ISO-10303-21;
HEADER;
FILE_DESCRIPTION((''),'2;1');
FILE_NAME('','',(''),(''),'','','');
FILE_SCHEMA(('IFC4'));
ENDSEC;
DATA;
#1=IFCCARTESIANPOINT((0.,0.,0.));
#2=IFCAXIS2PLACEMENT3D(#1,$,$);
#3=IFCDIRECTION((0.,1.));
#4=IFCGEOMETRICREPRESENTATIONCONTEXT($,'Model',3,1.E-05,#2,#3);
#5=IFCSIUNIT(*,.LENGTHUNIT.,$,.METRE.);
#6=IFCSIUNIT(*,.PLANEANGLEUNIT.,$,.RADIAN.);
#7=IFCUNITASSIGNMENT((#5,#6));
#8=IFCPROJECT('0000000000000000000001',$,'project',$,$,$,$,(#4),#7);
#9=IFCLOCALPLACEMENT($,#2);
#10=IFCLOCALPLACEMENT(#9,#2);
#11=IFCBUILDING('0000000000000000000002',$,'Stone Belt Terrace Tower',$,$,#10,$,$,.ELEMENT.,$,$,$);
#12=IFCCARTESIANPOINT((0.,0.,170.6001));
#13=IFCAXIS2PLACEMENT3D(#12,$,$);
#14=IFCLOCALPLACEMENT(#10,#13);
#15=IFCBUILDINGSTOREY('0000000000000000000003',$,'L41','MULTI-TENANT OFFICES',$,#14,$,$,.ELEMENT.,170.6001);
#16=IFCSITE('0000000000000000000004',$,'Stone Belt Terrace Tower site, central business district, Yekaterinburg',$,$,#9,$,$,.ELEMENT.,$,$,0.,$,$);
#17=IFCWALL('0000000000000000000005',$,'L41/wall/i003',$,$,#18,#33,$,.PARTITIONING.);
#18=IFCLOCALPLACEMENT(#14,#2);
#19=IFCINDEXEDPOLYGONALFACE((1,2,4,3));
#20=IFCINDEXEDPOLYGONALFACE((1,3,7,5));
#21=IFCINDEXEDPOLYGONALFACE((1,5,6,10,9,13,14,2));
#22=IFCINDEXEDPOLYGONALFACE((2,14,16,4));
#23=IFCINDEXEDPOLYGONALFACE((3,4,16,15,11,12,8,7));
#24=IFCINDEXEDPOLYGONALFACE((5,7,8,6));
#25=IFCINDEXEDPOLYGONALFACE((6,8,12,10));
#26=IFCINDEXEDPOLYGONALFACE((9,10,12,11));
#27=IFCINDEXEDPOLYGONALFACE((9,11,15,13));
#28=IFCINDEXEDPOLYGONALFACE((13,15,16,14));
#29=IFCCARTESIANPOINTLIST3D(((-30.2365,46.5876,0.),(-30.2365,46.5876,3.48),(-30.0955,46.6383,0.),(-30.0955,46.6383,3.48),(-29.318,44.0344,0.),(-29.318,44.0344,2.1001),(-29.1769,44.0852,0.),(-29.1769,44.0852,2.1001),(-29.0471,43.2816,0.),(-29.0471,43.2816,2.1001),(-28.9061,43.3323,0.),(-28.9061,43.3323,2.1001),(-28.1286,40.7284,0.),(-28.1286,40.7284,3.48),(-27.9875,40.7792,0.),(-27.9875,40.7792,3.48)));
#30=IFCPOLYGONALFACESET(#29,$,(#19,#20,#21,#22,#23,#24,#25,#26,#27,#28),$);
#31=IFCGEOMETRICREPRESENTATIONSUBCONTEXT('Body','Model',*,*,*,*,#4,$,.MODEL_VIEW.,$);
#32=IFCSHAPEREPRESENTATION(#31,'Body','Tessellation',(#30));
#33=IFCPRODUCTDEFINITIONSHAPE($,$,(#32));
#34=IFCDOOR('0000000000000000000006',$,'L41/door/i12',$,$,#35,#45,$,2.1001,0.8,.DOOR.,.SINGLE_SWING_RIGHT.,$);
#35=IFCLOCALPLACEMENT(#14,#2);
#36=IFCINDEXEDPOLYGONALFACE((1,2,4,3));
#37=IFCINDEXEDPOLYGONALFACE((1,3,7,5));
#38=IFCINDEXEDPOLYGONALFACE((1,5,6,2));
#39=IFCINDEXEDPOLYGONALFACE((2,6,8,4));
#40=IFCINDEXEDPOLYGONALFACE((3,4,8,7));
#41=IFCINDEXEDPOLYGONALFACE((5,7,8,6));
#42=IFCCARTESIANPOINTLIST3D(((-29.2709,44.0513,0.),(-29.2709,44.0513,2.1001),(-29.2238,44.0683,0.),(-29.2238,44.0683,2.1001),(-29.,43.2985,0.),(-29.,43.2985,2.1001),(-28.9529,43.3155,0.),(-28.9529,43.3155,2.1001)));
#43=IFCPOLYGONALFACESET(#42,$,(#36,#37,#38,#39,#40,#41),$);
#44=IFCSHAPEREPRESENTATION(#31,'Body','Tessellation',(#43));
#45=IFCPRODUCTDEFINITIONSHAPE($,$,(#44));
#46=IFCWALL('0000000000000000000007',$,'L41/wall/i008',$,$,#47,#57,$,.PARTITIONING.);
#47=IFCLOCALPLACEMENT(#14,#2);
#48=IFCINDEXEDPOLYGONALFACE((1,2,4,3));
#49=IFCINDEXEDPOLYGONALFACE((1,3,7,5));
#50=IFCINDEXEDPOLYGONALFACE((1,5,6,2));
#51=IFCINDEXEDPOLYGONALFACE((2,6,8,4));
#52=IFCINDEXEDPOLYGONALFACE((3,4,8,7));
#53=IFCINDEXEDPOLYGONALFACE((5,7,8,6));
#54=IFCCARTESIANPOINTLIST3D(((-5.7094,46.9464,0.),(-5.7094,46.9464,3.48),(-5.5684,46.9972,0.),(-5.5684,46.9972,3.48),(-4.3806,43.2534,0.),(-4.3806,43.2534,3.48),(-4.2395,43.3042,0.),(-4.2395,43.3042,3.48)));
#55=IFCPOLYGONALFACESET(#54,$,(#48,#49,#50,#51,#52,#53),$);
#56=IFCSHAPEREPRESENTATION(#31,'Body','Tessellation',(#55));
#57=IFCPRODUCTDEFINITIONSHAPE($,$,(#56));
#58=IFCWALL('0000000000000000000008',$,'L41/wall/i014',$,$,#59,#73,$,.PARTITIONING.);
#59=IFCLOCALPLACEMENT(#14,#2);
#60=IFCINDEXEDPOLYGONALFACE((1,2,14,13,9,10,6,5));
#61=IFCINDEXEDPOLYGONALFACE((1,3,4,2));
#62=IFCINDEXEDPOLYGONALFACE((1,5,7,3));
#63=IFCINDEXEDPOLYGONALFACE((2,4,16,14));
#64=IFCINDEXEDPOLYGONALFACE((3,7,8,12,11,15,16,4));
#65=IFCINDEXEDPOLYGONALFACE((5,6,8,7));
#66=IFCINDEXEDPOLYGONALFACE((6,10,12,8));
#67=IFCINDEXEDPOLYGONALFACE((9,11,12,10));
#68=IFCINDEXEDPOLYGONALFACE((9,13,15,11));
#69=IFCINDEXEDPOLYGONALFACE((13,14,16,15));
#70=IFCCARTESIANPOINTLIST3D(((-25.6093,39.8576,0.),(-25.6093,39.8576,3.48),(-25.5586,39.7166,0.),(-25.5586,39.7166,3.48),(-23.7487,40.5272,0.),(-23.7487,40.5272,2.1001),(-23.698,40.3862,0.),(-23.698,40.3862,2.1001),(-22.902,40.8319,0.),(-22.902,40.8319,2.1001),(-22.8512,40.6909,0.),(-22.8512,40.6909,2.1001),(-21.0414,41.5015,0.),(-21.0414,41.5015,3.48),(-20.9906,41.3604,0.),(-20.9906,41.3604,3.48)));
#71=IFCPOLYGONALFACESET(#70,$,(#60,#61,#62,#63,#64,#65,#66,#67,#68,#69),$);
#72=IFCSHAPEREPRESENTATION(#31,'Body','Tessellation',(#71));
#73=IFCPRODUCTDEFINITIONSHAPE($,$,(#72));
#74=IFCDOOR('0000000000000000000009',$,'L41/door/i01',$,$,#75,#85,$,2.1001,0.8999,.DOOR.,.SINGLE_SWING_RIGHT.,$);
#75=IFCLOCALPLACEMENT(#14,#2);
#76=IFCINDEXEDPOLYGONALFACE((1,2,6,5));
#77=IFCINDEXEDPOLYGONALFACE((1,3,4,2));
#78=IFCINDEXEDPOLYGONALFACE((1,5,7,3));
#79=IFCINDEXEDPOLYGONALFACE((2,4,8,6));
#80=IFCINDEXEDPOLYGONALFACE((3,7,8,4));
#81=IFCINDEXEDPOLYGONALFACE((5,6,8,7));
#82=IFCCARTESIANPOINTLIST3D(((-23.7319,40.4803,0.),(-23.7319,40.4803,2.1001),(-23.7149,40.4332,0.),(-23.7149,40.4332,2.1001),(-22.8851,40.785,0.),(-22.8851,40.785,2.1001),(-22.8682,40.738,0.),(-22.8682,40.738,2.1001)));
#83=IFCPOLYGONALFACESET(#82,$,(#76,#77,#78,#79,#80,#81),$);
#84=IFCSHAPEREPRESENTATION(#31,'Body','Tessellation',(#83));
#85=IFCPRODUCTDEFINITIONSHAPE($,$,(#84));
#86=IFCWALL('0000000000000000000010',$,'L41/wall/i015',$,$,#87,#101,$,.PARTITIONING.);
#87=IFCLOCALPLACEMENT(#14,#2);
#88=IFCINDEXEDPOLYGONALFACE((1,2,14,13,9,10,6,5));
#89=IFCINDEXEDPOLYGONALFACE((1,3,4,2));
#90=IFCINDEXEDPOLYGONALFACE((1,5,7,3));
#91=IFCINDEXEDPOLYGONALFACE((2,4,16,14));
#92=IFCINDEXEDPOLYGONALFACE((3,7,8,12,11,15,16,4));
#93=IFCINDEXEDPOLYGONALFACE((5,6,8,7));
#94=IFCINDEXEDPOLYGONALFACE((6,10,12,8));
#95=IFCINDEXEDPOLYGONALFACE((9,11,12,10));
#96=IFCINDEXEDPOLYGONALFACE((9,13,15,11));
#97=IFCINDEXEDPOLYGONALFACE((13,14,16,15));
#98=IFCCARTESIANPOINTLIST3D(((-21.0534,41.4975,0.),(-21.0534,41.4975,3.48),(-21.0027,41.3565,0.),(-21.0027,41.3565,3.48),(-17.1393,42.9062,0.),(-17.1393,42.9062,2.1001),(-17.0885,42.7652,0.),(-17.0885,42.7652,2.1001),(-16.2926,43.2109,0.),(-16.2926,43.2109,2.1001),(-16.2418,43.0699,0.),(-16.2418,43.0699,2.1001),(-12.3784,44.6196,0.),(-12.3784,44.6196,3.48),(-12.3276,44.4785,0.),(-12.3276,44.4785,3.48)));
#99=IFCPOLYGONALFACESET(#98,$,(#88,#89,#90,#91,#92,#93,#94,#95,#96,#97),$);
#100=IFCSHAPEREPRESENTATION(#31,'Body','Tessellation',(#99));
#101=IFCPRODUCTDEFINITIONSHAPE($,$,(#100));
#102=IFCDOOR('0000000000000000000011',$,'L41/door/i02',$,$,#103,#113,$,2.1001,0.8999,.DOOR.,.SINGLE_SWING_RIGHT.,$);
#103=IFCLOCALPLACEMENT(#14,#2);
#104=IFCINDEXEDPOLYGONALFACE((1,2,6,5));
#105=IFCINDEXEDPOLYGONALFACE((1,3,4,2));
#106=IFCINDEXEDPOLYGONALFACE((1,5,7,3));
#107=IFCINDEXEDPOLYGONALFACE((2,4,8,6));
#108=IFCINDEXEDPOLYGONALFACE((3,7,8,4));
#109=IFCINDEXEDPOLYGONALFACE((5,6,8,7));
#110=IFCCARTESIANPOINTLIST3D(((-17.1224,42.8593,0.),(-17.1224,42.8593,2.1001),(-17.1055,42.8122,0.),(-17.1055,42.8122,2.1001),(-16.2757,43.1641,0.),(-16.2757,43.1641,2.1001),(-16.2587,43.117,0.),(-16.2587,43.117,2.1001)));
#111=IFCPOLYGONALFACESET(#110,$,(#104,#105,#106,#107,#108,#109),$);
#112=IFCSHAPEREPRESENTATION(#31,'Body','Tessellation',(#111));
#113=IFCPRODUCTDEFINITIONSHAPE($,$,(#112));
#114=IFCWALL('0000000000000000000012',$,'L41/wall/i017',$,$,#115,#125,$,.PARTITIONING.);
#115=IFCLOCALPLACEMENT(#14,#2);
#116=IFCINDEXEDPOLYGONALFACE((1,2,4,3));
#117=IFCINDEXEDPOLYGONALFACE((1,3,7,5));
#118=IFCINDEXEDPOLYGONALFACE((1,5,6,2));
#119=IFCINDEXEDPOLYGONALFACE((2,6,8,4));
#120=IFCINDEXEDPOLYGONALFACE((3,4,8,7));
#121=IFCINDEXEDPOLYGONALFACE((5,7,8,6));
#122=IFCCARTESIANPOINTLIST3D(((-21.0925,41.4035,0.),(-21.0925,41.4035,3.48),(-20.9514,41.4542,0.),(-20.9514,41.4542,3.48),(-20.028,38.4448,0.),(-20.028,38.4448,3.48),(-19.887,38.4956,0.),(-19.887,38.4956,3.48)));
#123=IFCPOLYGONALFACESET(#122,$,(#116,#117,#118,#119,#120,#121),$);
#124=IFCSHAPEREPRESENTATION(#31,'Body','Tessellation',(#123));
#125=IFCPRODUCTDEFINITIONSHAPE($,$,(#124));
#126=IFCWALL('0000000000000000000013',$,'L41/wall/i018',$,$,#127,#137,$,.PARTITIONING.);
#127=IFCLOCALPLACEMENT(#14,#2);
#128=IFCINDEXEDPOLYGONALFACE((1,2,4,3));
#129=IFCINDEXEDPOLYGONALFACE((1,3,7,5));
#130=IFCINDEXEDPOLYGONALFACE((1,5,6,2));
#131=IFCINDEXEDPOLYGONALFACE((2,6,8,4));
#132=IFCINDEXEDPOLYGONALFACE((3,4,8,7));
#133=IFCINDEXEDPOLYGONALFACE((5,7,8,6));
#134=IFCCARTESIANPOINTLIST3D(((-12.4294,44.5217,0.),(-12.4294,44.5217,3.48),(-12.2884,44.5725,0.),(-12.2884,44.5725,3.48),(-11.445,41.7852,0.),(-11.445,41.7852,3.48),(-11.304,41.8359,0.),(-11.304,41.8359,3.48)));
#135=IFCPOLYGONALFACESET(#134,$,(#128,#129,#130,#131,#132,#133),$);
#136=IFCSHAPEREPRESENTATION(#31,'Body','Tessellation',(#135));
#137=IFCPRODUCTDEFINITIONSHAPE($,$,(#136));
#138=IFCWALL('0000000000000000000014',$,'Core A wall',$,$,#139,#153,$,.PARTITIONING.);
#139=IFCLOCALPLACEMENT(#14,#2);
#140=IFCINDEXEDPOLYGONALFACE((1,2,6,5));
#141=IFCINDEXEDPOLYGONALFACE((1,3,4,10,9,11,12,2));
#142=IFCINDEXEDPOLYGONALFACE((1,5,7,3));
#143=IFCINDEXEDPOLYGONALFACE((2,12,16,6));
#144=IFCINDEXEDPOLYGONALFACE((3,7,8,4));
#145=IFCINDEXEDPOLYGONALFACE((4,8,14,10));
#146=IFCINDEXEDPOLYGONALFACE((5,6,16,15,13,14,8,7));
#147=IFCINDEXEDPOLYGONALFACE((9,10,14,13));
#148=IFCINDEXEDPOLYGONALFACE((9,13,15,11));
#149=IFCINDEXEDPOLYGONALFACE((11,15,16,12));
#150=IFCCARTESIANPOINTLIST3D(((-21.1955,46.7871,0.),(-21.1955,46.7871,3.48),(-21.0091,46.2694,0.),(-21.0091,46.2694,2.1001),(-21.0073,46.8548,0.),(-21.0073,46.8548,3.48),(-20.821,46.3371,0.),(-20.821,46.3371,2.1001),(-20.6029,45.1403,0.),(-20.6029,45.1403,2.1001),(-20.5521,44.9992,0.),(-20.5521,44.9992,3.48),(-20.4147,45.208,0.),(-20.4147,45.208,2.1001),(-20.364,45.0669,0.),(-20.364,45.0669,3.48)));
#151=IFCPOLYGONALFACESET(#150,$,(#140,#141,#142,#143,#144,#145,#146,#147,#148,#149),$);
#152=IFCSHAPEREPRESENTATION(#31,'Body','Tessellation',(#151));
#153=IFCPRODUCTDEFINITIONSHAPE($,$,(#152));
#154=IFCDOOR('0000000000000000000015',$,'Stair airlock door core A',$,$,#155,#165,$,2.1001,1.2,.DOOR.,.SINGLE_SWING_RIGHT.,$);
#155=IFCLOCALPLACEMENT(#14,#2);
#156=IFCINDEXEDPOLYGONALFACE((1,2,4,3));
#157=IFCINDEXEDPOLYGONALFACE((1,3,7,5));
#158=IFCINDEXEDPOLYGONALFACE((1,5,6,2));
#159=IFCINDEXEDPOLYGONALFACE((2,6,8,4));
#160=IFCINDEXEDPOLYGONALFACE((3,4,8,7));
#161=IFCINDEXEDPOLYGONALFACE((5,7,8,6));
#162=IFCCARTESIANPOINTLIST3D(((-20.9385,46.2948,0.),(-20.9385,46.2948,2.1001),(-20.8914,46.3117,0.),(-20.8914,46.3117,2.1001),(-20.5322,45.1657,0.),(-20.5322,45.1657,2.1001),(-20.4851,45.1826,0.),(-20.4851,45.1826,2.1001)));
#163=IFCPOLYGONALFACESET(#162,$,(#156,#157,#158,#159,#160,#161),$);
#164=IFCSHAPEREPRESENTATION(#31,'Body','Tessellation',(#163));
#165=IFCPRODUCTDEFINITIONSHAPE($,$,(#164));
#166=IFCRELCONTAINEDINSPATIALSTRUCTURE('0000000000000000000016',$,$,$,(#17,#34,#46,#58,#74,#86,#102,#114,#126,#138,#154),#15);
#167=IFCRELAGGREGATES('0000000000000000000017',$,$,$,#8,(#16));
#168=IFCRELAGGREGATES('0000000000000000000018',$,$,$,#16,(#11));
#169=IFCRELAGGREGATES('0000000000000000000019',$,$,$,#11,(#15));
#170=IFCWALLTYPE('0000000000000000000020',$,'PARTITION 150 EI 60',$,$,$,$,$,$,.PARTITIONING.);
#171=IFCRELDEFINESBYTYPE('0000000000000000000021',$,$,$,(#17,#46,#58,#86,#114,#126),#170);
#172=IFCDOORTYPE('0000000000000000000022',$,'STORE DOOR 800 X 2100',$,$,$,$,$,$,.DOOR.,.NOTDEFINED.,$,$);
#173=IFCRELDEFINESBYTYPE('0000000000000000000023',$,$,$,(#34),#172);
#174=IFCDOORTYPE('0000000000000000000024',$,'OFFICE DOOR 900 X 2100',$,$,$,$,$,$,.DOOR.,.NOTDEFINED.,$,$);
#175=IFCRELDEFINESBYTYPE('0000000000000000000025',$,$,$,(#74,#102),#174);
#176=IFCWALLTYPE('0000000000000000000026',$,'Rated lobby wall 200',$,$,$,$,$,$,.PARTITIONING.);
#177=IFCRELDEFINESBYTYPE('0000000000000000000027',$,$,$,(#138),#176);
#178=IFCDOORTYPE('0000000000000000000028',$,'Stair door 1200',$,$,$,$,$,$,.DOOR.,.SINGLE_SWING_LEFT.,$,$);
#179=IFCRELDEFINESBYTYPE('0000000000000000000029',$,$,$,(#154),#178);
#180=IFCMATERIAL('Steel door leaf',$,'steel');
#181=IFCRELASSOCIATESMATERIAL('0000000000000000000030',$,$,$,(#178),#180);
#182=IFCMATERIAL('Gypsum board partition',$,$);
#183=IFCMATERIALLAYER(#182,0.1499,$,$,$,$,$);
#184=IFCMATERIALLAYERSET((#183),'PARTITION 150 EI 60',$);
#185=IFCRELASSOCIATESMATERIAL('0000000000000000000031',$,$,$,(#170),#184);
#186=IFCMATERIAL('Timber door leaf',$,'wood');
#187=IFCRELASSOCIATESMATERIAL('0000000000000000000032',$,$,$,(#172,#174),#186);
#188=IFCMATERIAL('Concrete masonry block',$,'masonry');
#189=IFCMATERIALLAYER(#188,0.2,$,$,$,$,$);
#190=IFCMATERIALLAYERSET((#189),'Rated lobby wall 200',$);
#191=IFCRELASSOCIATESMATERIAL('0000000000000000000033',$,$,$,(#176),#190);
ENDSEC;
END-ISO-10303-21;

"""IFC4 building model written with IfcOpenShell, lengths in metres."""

from ifc_helpers import new_model, si_unit, direction, frame, frame_2d, origin, place, context, subcontext, project, spatial, rectangle, extrude, material, layer, layer_set, type_object, element, fill, save


model = new_model("IFC4")

# Units and contexts
model_context = context("Model", 3, precision=1e-05, world=origin(), true_north=direction((0.0, 1.0)))
body_context = subcontext(model_context, "Body", "Model", "MODEL_VIEW")
ifc_project = project(units=[si_unit("LENGTHUNIT", "METRE"), si_unit("PLANEANGLEUNIT", "RADIAN")], contexts=[model_context])

# Site, building, storey
site_placement = place(None, origin())
site = spatial("IfcSite", under=ifc_project, at=site_placement, Name="Stone Belt Terrace Tower site, central business district, Yekaterinburg", CompositionType="ELEMENT", RefElevation=0.0)
building_placement = place(site_placement, origin())
building = spatial("IfcBuilding", under=site, at=building_placement, Name="Stone Belt Terrace Tower", CompositionType="ELEMENT")
storey_placement = place(building_placement, frame((0.0, 0.0, 170.6001)))
storey = spatial("IfcBuildingStorey", under=building, at=storey_placement, Name="L41", Description="MULTI-TENANT OFFICES", CompositionType="ELEMENT", Elevation=170.6001)

# Shared definitions
ifc_material_1 = material(Name="Timber door leaf", Category="wood")
ifc_material_2 = material(Name="Steel door leaf", Category="steel")
door_type_1 = type_object("IfcDoorType", Name="Stair door 1200", OperationType="SINGLE_SWING_LEFT", PredefinedType="DOOR", material=ifc_material_2)

# Wall, opening, door
ifc_material_3 = material(Name="Gypsum board partition")
ifc_layer_1 = layer(ifc_material_3, 0.1499)
ifc_layer_set_1 = layer_set([ifc_layer_1], Name="PARTITION 150 EI 60")
wall_type_1 = type_object("IfcWallType", Name="PARTITION 150 EI 60", PredefinedType="PARTITIONING", material=ifc_layer_set_1)
wall_1_placement = place(storey_placement, frame((-28.0581, 40.7539, 0.0), z_axis=(0.0, 0.0, 1.0), x_axis=(-0.338524, 0.940958, 0.0)))
wall_1 = element("IfcWall", 1, at=wall_1_placement, inside=storey, type_object=wall_type_1, Name="L41/wall/i003", PredefinedType="PARTITIONING", context=body_context, shape_type="SweptSolid", body=[
    extrude(rectangle(XDim=6.2268, YDim=0.1499, at=frame_2d((3.1133, 0.0))), origin(), (0.0, 0.0, 1.0), 3.48),
])
opening_1_placement = place(wall_1_placement, frame((2.7134, 0.0, 0.0)))
opening_1 = element("IfcOpeningElement", 2, at=opening_1_placement, cuts=wall_1, PredefinedType="OPENING", context=body_context, shape_type="SweptSolid", body=[
    extrude(rectangle(XDim=0.8, YDim=2.1001, at=frame_2d((0.3999, 1.05))), frame((0.0, 0.085, 0.0), z_axis=(0.0, -1.0, 0.0), x_axis=(1.0, 0.0, 0.0)), (0.0, 0.0, 1.0), 0.1699),
])
door_type_2 = type_object("IfcDoorType", Name="STORE DOOR 800 X 2100", OperationType="NOTDEFINED", PredefinedType="DOOR", material=ifc_material_1)
door_1_placement = place(opening_1_placement, origin())
door_1 = element("IfcDoor", 3, at=door_1_placement, inside=storey, type_object=door_type_2, Name="L41/door/i12", OperationType="SINGLE_SWING_RIGHT", OverallHeight=2.1001, OverallWidth=0.8, PredefinedType="DOOR", context=body_context, shape_type="SweptSolid", body=[
    extrude(rectangle(XDim=0.8, YDim=2.1001, at=frame_2d((0.3999, 1.05))), frame((0.0, 0.0249, 0.0), z_axis=(0.0, -1.0, 0.0), x_axis=(1.0, 0.0, 0.0)), (0.0, 0.0, 1.0), 0.05),
])
fill(opening_1, door_1)

# Wall
wall_2_placement = place(storey_placement, frame((-4.3101, 43.2788, 0.0), z_axis=(0.0, 0.0, 1.0), x_axis=(-0.33857, 0.940941, 0.0)))
element("IfcWall", 4, at=wall_2_placement, inside=storey, type_object=wall_type_1, Name="L41/wall/i008", PredefinedType="PARTITIONING", context=body_context, shape_type="SweptSolid", body=[
    extrude(rectangle(XDim=3.9248, YDim=0.1499, at=frame_2d((1.9624, 0.0))), origin(), (0.0, 0.0, 1.0), 3.48),
])

# Walls, openings, doors
wall_3_placement = place(storey_placement, frame((-21.0161, 41.4309, 0.0), z_axis=(0.0, 0.0, 1.0), x_axis=(-0.940929, -0.338604, 0.0)))
wall_3 = element("IfcWall", 5, at=wall_3_placement, inside=storey, type_object=wall_type_1, Name="L41/wall/i014", PredefinedType="PARTITIONING", context=body_context, shape_type="SweptSolid", body=[
    extrude(rectangle(XDim=4.8547, YDim=0.1499, at=frame_2d((2.4272, 0.0))), origin(), (0.0, 0.0, 1.0), 3.48),
])
opening_2_placement = place(wall_3_placement, frame((1.9773, 0.0, 0.0)))
opening_2 = element("IfcOpeningElement", 6, at=opening_2_placement, cuts=wall_3, PredefinedType="OPENING", context=body_context, shape_type="SweptSolid", body=[
    extrude(rectangle(XDim=0.8999, YDim=2.1001, at=frame_2d((0.45, 1.05))), frame((0.0, 0.085, 0.0), z_axis=(0.0, -1.0, 0.0), x_axis=(1.0, 0.0, 0.0)), (0.0, 0.0, 1.0), 0.1699),
])
door_type_3 = type_object("IfcDoorType", Name="OFFICE DOOR 900 X 2100", OperationType="NOTDEFINED", PredefinedType="DOOR", material=ifc_material_1)
door_2_placement = place(opening_2_placement, origin())
door_2 = element("IfcDoor", 7, at=door_2_placement, inside=storey, type_object=door_type_3, Name="L41/door/i01", OperationType="SINGLE_SWING_RIGHT", OverallHeight=2.1001, OverallWidth=0.8999, PredefinedType="DOOR", context=body_context, shape_type="SweptSolid", body=[
    extrude(rectangle(XDim=0.8999, YDim=2.1001, at=frame_2d((0.45, 1.05))), frame((0.0, 0.0249, 0.0), z_axis=(0.0, -1.0, 0.0), x_axis=(1.0, 0.0, 0.0)), (0.0, 0.0, 1.0), 0.05),
])
fill(opening_2, door_2)
wall_4_placement = place(storey_placement, frame((-12.353, 44.5491, 0.0), z_axis=(0.0, 0.0, 1.0), x_axis=(-0.94092, -0.338629, 0.0)))
wall_4 = element("IfcWall", 8, at=wall_4_placement, inside=storey, type_object=wall_type_1, Name="L41/wall/i015", PredefinedType="PARTITIONING", context=body_context, shape_type="SweptSolid", body=[
    extrude(rectangle(XDim=9.2197, YDim=0.1499, at=frame_2d((4.6099, 0.0))), origin(), (0.0, 0.0, 1.0), 3.48),
])
opening_3_placement = place(wall_4_placement, frame((4.1599, 0.0, 0.0)))
opening_3 = element("IfcOpeningElement", 9, at=opening_3_placement, cuts=wall_4, PredefinedType="OPENING", context=body_context, shape_type="SweptSolid", body=[
    extrude(rectangle(XDim=0.8999, YDim=2.1001, at=frame_2d((0.45, 1.05))), frame((0.0, 0.085, 0.0), z_axis=(0.0, -1.0, 0.0), x_axis=(1.0, 0.0, 0.0)), (0.0, 0.0, 1.0), 0.1699),
])
door_3_placement = place(opening_3_placement, origin())
door_3 = element("IfcDoor", 10, at=door_3_placement, inside=storey, type_object=door_type_3, Name="L41/door/i02", OperationType="SINGLE_SWING_RIGHT", OverallHeight=2.1001, OverallWidth=0.8999, PredefinedType="DOOR", context=body_context, shape_type="SweptSolid", body=[
    extrude(rectangle(XDim=0.8999, YDim=2.1001, at=frame_2d((0.45, 1.05))), frame((0.0, 0.0249, 0.0), z_axis=(0.0, -1.0, 0.0), x_axis=(1.0, 0.0, 0.0)), (0.0, 0.0, 1.0), 0.05),
])
fill(opening_3, door_3)

# Walls
wall_5_placement = place(storey_placement, frame((-21.022, 41.429, 0.0), z_axis=(0.0, 0.0, 1.0), x_axis=(0.338524, -0.940958, 0.0)))
element("IfcWall", 11, at=wall_5_placement, inside=storey, type_object=wall_type_1, Name="L41/wall/i017", PredefinedType="PARTITIONING", context=body_context, shape_type="SweptSolid", body=[
    extrude(rectangle(XDim=3.1443, YDim=0.1499, at=frame_2d((1.5723, 0.0))), origin(), (0.0, 0.0, 1.0), 3.48),
])
wall_6_placement = place(storey_placement, frame((-12.3589, 44.5471, 0.0), z_axis=(0.0, 0.0, 1.0), x_axis=(0.338479, -0.940974, 0.0)))
element("IfcWall", 12, at=wall_6_placement, inside=storey, type_object=wall_type_1, Name="L41/wall/i018", PredefinedType="PARTITIONING", context=body_context, shape_type="SweptSolid", body=[
    extrude(rectangle(XDim=2.9082, YDim=0.1499, at=frame_2d((1.4541, 0.0))), origin(), (0.0, 0.0, 1.0), 3.48),
])

# Wall, opening, door
ifc_material_4 = material(Name="Concrete masonry block", Category="masonry")
ifc_layer_2 = layer(ifc_material_4, 0.2)
ifc_layer_set_2 = layer_set([ifc_layer_2], Name="Rated lobby wall 200")
wall_type_2 = type_object("IfcWallType", Name="Rated lobby wall 200", PredefinedType="PARTITIONING", material=ifc_layer_set_2)
wall_7_placement = place(storey_placement, frame((-20.458, 45.033, 0.0), z_axis=(0.0, 0.0, 1.0), x_axis=(-0.338574, 0.94094, 0.0)))
wall_7 = element("IfcWall", 13, at=wall_7_placement, inside=storey, type_object=wall_type_2, Name="Core A wall", PredefinedType="PARTITIONING", context=body_context, shape_type="SweptSolid", body=[
    extrude(rectangle(XDim=1.9001, YDim=0.2, at=frame_2d((0.9502, 0.0))), origin(), (0.0, 0.0, 1.0), 3.48),
])
opening_4_placement = place(wall_7_placement, frame((0.1499, 0.0, 0.0)))
opening_4 = element("IfcOpeningElement", 14, at=opening_4_placement, cuts=wall_7, PredefinedType="OPENING", context=body_context, shape_type="SweptSolid", body=[
    extrude(rectangle(XDim=1.2, YDim=2.1001, at=frame_2d((0.6001, 1.05))), frame((0.0, 0.1099, 0.0), z_axis=(0.0, -1.0, 0.0), x_axis=(1.0, 0.0, 0.0)), (0.0, 0.0, 1.0), 0.22),
])
door_4_placement = place(opening_4_placement, origin())
door_4 = element("IfcDoor", 15, at=door_4_placement, inside=storey, type_object=door_type_1, Name="Stair airlock door core A", OperationType="SINGLE_SWING_RIGHT", OverallHeight=2.1001, OverallWidth=1.2, PredefinedType="DOOR", context=body_context, shape_type="SweptSolid", body=[
    extrude(rectangle(XDim=1.2, YDim=2.1001, at=frame_2d((0.6001, 1.05))), frame((0.0, 0.0249, 0.0), z_axis=(0.0, -1.0, 0.0), x_axis=(1.0, 0.0, 0.0)), (0.0, 0.0, 1.0), 0.05),
])
fill(opening_4, door_4)

save(model, "model.ifc")
